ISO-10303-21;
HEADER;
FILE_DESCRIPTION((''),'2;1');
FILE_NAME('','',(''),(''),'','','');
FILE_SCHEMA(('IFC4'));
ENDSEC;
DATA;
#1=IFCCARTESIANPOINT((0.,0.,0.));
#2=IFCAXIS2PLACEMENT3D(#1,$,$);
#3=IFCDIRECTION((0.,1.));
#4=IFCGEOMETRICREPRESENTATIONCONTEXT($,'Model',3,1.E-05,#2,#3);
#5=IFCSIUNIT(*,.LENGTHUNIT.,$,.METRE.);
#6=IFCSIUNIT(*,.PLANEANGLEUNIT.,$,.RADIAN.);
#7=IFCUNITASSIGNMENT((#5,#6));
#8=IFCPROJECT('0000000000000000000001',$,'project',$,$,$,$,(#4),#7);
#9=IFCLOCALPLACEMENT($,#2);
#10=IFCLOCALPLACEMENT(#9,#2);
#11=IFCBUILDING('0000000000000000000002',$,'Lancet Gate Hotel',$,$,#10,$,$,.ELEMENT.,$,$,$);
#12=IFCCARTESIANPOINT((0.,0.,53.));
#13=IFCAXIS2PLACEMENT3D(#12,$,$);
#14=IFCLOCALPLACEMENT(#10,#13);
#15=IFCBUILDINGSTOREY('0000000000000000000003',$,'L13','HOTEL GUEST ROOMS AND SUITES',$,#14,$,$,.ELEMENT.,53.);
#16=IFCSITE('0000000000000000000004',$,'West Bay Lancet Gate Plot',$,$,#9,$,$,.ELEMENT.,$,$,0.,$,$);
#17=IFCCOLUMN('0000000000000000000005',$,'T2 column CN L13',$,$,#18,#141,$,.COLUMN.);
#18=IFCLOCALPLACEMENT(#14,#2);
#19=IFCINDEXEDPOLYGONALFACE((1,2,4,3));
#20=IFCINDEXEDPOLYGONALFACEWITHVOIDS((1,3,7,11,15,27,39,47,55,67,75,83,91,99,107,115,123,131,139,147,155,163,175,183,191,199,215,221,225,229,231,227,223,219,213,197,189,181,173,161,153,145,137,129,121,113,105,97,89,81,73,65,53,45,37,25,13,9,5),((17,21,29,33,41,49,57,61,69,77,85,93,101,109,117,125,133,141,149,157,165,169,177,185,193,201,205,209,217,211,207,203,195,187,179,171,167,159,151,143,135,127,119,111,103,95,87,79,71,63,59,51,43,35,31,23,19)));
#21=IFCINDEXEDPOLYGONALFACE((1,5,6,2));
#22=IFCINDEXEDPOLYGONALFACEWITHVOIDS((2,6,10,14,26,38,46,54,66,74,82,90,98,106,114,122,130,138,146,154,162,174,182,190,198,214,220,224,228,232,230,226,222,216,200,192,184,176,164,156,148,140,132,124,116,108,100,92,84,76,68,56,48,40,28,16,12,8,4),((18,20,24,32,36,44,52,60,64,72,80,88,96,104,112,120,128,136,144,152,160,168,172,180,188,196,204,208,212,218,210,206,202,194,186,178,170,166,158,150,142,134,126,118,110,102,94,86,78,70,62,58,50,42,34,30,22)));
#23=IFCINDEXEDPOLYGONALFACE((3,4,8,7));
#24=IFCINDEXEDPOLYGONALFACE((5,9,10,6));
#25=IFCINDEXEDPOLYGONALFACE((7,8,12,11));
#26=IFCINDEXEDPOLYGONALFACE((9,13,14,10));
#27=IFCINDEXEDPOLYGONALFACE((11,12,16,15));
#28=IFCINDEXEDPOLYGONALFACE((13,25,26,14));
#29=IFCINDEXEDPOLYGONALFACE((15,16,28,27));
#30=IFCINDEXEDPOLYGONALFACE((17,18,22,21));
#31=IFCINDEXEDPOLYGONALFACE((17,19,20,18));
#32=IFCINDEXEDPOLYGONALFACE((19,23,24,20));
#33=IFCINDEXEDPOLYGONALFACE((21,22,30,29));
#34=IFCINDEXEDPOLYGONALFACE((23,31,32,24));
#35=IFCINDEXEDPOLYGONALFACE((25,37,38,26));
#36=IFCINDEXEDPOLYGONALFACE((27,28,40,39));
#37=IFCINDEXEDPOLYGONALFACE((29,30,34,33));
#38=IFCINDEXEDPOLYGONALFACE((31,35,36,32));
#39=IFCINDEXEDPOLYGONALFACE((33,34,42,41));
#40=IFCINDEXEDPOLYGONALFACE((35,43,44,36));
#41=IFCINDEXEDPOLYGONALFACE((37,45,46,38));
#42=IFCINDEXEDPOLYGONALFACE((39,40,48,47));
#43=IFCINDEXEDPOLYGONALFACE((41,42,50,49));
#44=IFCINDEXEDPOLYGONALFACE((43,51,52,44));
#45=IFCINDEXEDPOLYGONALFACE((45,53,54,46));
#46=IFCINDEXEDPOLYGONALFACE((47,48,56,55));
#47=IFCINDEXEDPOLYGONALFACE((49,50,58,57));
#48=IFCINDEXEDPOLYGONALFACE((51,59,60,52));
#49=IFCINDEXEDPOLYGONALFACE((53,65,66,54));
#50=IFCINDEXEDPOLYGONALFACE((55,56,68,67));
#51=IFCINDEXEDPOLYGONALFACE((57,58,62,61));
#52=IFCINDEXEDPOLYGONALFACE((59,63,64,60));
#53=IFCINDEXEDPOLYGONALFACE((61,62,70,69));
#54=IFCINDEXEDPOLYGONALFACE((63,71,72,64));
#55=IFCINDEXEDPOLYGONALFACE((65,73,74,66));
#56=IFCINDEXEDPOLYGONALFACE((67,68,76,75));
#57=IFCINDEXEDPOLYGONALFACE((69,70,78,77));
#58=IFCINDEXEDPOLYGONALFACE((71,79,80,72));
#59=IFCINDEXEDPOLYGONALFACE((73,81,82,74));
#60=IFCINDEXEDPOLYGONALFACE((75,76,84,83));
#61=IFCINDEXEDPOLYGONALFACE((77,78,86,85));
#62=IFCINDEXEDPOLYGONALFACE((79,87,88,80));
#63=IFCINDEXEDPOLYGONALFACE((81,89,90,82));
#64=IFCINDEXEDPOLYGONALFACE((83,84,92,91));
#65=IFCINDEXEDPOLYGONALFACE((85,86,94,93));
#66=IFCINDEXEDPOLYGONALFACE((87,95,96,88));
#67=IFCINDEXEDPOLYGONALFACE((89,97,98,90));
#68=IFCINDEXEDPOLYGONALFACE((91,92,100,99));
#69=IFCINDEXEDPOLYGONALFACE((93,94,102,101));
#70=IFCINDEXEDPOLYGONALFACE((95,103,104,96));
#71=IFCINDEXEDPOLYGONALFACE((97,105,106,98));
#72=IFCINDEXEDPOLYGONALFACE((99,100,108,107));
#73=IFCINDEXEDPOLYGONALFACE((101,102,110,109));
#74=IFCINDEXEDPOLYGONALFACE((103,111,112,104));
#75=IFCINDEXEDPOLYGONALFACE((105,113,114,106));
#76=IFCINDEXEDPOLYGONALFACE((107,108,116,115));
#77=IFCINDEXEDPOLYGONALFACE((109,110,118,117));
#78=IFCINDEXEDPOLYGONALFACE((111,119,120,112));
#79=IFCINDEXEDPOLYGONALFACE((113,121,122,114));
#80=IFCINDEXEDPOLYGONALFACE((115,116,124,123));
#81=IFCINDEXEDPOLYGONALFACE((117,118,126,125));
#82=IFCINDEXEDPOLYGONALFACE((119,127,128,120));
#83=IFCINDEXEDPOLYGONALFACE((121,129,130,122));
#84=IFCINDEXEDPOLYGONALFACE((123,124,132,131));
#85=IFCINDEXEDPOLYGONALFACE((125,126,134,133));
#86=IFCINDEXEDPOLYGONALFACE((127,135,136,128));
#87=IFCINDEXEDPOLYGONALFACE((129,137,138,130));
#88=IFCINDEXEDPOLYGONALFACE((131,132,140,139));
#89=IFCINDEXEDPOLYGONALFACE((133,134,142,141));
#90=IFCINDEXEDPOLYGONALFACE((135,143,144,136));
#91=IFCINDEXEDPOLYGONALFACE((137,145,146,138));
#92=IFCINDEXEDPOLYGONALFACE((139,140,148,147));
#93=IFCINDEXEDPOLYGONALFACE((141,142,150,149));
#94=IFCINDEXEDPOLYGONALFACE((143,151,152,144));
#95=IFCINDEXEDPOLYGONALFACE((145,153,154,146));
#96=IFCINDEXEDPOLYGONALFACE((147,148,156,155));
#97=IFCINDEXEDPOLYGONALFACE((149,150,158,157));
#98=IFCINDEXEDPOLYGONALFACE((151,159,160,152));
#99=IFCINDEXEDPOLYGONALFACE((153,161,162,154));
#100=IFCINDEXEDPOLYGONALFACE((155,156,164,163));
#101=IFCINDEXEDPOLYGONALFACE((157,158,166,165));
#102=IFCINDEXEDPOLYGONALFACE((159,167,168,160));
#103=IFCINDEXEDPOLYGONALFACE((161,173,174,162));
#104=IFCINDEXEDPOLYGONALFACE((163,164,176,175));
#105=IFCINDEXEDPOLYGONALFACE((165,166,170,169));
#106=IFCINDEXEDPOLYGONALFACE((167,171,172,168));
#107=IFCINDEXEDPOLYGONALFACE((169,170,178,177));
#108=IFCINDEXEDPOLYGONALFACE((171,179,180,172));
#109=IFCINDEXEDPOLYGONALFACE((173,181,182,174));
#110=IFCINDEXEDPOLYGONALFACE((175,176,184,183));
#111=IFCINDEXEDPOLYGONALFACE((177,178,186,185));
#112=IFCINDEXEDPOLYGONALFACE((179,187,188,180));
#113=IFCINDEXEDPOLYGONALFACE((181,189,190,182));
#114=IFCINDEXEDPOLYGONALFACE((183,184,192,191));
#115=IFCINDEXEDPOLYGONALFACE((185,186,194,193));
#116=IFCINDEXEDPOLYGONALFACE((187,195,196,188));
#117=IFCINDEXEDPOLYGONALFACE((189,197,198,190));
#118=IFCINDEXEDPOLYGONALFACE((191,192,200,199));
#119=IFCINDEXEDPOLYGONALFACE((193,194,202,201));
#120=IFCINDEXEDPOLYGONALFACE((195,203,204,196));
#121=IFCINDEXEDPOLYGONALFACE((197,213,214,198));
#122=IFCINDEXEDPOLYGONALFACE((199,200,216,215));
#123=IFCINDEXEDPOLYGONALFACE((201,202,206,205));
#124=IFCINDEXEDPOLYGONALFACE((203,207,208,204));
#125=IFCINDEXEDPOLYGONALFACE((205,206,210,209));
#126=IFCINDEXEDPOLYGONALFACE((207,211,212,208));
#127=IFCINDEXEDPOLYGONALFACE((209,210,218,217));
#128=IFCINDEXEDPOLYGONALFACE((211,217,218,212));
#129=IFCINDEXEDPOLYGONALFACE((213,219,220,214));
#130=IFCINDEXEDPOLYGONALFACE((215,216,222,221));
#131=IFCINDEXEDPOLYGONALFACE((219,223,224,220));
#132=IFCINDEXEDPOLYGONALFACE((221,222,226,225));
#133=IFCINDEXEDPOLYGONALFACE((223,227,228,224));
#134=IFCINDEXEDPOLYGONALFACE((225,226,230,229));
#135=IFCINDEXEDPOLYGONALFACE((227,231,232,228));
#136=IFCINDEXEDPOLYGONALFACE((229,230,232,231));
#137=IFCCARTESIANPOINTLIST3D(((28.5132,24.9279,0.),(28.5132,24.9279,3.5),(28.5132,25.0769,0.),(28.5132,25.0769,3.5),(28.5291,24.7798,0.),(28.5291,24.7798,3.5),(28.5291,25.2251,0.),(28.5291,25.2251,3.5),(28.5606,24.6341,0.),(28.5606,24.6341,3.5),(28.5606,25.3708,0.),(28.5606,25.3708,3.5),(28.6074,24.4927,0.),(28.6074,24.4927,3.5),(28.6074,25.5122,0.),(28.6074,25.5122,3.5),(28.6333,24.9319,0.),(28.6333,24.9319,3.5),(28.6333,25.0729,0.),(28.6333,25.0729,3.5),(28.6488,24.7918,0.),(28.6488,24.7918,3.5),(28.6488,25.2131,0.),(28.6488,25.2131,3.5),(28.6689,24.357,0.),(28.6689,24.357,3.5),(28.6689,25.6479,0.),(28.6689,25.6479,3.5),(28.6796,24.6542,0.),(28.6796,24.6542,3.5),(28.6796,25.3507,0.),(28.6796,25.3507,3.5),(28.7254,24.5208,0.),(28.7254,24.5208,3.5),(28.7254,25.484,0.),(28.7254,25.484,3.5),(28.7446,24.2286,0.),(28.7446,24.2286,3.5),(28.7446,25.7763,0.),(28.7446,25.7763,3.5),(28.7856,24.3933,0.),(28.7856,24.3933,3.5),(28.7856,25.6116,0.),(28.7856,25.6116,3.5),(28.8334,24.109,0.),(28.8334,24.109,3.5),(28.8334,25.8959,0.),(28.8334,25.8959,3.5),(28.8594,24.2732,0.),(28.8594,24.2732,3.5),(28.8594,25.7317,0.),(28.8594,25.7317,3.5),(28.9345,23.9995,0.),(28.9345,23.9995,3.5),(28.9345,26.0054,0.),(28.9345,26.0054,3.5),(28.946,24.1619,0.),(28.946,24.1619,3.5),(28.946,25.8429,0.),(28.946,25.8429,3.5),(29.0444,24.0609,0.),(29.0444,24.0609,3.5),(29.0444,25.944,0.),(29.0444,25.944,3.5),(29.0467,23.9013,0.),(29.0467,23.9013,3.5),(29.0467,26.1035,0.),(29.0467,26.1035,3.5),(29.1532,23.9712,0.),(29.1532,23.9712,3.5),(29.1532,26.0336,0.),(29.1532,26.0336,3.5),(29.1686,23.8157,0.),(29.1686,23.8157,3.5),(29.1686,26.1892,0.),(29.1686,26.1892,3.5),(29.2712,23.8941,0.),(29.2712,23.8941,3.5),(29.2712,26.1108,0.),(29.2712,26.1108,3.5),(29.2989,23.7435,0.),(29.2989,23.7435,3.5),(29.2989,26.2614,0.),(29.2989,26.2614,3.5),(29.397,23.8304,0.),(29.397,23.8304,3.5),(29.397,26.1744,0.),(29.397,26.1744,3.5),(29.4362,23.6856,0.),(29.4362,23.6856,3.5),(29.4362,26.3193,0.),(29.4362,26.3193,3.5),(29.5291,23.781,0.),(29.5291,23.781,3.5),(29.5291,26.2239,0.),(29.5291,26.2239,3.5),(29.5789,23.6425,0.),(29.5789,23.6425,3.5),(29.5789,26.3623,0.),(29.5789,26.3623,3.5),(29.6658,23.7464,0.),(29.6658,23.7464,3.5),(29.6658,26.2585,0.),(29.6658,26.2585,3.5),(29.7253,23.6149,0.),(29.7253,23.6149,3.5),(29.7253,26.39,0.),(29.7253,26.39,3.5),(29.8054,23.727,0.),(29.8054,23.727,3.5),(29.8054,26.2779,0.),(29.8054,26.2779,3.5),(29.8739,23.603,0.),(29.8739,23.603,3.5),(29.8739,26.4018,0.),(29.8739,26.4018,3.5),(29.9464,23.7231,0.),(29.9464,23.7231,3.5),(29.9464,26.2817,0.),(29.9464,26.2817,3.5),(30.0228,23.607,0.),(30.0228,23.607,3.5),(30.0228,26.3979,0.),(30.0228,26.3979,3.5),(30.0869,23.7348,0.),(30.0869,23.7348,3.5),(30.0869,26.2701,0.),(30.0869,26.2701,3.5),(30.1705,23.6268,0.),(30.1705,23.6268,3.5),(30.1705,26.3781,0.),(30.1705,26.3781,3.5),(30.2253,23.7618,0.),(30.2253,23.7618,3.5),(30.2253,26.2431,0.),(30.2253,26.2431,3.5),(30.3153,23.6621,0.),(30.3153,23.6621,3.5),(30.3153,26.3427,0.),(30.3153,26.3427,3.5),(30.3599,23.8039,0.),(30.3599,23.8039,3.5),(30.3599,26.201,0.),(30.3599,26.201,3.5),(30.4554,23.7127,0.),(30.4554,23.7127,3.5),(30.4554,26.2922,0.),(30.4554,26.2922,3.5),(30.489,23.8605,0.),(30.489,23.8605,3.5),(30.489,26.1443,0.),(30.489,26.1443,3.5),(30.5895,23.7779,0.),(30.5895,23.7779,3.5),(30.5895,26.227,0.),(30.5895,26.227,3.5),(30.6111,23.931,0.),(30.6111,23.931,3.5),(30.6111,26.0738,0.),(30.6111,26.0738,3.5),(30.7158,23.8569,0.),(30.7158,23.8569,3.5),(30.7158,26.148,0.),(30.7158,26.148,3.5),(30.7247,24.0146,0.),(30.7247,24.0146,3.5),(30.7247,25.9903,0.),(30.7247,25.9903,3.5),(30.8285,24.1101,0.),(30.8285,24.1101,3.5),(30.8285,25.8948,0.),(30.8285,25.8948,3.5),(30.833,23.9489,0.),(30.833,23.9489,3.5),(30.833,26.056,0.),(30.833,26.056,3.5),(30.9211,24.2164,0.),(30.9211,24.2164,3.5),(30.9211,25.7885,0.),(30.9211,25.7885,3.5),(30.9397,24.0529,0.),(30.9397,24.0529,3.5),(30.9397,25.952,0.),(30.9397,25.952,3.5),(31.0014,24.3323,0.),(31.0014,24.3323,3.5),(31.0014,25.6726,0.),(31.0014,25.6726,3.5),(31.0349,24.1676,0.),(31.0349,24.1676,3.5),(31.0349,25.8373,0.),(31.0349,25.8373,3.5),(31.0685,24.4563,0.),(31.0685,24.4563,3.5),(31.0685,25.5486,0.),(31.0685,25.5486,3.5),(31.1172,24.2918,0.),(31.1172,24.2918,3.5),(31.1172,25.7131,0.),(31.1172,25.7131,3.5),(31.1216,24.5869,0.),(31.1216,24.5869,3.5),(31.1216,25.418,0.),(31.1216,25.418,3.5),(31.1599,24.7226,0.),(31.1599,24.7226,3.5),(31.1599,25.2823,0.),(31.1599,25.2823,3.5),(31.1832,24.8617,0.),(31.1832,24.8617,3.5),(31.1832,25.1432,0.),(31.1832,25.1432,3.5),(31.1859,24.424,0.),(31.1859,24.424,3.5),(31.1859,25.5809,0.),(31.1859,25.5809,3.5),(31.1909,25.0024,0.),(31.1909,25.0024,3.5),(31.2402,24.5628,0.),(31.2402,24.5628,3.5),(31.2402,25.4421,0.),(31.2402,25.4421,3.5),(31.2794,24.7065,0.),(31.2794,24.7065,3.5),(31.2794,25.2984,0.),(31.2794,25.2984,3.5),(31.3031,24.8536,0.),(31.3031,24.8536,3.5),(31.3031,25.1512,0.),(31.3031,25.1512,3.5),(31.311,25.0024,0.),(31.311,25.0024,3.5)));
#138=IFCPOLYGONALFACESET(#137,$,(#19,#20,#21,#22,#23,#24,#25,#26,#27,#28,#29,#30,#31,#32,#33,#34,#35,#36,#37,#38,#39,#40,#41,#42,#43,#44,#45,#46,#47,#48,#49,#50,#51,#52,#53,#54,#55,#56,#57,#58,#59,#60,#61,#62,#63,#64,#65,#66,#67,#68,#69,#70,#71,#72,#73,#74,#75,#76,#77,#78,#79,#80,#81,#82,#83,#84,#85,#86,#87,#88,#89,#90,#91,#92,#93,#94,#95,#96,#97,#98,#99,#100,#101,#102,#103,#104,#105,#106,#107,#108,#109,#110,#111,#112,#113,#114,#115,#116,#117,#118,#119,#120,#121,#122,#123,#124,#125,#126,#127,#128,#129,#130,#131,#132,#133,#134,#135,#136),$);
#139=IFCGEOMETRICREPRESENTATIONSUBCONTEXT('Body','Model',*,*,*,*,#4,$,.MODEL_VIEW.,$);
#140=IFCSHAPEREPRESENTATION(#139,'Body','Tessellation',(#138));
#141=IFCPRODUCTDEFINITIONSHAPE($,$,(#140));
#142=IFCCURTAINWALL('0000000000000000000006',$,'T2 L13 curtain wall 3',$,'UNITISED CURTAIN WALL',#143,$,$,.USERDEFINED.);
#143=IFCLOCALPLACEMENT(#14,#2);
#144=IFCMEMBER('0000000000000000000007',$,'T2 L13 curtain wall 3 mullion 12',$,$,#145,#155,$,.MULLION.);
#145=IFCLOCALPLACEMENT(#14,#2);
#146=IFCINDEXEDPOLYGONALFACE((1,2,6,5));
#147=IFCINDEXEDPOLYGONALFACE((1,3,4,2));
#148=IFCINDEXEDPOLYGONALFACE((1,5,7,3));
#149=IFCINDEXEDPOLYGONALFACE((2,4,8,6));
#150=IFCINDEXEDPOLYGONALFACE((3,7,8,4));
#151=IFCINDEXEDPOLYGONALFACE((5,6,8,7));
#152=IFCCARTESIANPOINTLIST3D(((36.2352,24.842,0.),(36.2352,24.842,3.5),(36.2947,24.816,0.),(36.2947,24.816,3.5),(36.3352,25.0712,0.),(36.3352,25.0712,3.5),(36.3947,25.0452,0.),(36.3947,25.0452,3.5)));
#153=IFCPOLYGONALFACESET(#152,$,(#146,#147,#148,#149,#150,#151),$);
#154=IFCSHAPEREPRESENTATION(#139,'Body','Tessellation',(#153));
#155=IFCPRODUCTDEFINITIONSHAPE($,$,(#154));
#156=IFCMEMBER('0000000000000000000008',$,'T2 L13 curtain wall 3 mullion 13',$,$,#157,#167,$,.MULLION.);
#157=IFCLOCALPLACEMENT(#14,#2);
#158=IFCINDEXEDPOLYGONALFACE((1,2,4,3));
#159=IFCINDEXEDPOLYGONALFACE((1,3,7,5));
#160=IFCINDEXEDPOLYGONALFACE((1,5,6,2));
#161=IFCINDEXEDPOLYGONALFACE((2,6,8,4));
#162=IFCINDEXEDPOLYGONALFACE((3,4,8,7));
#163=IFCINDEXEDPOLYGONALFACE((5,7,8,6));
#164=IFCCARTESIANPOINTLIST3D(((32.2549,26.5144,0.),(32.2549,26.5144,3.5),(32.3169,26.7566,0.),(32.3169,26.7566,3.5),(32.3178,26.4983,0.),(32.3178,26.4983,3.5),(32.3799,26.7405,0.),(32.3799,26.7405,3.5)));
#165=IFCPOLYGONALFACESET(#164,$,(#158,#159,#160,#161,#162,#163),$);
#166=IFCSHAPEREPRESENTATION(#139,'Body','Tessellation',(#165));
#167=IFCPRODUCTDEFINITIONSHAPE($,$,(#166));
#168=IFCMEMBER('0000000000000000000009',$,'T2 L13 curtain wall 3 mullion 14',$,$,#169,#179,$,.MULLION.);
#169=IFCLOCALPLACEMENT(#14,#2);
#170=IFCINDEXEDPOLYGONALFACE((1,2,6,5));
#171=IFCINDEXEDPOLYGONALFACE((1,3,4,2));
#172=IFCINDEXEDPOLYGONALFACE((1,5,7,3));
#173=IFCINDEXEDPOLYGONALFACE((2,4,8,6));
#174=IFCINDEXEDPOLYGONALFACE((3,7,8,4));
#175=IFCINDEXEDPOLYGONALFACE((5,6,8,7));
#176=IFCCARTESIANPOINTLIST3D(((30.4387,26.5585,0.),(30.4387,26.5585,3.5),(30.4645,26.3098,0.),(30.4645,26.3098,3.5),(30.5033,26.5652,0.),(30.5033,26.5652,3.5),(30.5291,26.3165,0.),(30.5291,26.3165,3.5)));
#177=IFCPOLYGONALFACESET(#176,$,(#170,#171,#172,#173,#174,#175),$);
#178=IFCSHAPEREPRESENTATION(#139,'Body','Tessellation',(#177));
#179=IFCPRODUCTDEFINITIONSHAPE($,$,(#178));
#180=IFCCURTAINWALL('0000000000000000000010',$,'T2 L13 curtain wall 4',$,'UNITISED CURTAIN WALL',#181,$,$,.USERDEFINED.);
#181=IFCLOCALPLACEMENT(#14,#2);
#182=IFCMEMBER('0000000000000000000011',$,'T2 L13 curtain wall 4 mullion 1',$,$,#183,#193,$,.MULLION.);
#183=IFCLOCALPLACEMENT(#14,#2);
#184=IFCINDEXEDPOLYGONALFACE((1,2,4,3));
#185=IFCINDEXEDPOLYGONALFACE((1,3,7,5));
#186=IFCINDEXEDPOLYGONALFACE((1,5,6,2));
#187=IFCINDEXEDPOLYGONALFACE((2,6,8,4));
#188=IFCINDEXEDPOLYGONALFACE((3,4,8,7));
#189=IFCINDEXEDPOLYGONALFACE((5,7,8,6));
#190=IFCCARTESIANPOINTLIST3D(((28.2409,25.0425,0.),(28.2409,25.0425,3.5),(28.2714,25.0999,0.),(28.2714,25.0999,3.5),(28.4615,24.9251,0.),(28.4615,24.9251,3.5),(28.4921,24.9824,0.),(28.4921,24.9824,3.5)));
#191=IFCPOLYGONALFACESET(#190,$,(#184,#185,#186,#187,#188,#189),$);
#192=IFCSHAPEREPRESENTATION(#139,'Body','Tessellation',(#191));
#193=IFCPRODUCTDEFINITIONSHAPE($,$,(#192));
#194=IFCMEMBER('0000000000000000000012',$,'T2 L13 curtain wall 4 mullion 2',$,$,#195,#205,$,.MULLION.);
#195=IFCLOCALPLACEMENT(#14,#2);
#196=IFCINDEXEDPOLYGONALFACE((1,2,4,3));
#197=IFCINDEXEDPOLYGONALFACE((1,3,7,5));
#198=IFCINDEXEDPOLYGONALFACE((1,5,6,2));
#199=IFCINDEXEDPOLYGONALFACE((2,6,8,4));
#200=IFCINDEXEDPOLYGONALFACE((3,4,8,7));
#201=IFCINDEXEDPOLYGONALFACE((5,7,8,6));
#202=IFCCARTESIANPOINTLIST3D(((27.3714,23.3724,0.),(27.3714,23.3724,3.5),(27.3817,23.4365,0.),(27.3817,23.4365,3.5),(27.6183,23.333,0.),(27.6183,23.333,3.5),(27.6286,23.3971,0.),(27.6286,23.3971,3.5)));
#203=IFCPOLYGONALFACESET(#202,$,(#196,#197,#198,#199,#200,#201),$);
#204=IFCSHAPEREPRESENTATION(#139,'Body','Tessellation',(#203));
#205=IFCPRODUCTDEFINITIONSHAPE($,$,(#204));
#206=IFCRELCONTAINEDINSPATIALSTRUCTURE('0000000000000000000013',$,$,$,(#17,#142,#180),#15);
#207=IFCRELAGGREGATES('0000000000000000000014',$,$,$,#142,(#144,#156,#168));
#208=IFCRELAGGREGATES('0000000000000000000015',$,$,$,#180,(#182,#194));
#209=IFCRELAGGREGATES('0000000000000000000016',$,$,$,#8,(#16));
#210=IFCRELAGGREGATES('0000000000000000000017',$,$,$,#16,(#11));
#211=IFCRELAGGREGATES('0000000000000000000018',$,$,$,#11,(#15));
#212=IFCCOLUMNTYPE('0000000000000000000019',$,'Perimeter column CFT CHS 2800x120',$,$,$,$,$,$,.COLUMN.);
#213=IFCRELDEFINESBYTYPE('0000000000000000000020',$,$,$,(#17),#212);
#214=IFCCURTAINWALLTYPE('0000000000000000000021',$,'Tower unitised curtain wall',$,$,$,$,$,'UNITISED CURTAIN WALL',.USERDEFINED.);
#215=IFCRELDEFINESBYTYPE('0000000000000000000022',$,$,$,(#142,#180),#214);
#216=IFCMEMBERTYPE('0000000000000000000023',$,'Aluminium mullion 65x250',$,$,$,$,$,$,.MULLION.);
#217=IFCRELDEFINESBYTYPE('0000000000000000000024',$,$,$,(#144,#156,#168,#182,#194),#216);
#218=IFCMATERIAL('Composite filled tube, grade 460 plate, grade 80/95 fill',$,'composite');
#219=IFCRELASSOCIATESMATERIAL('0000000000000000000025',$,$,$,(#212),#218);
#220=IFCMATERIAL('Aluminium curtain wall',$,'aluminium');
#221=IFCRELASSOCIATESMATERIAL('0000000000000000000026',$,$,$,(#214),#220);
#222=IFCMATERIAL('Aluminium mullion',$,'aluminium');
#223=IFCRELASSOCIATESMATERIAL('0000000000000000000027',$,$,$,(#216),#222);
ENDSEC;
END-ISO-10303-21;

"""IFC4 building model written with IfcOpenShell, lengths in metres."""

from ifc_helpers import new_model, si_unit, direction, frame, origin, origin_2d, place, context, subcontext, project, spatial, rectangle, hollow_circle, extrude, material, material_profile, profile_set, type_object, element, aggregate, save


model = new_model("IFC4")

# Units and contexts
model_context = context("Model", 3, precision=1e-05, world=origin(), true_north=direction((0.0, 1.0)))
body_context = subcontext(model_context, "Body", "Model", "MODEL_VIEW")
ifc_project = project(units=[si_unit("LENGTHUNIT", "METRE"), si_unit("PLANEANGLEUNIT", "RADIAN")], contexts=[model_context])

# Site, building, storey
site_placement = place(None, origin())
site = spatial("IfcSite", under=ifc_project, at=site_placement, Name="West Bay Lancet Gate Plot", CompositionType="ELEMENT", RefElevation=0.0)
building_placement = place(site_placement, origin())
building = spatial("IfcBuilding", under=site, at=building_placement, Name="Lancet Gate Hotel", CompositionType="ELEMENT")
storey_placement = place(building_placement, frame((0.0, 0.0, 53.0)))
storey = spatial("IfcBuildingStorey", under=building, at=storey_placement, Name="L13", Description="HOTEL GUEST ROOMS AND SUITES", CompositionType="ELEMENT", Elevation=53.0)

# Column
ifc_material_1 = material(Name="Composite filled tube, grade 460 plate, grade 80/95 fill", Category="composite")
ifc_material_profile_1 = material_profile(ifc_material_1, hollow_circle(Radius=1.3999, WallThickness=0.1201, at=origin_2d()), Name="CHS 2800x120")
ifc_profile_set_1 = profile_set([ifc_material_profile_1], Name="Composite filled tube, grade 460 plate, grade 80/95 fill")
column_type = type_object("IfcColumnType", Name="Perimeter column CFT CHS 2800x120", PredefinedType="COLUMN", material=ifc_profile_set_1)
column_placement = place(storey_placement, frame((29.9111, 25.0024, 0.0), z_axis=(0.0, 0.0, 1.0), x_axis=(1.0, 0.0, 0.0)))
element("IfcColumn", 1, at=column_placement, inside=storey, type_object=column_type, Name="T2 column CN L13", PredefinedType="COLUMN", context=body_context, shape_type="SweptSolid", body=[
    extrude(hollow_circle(Radius=1.3999, WallThickness=0.1201, at=origin_2d()), origin(), (0.0, 0.0, 1.0), 3.5),
])

# Curtain walls, members
ifc_material_2 = material(Name="Aluminium curtain wall", Category="aluminium")
curtain_wall_type = type_object("IfcCurtainWallType", Name="Tower unitised curtain wall", ElementType="UNITISED CURTAIN WALL", PredefinedType="USERDEFINED", material=ifc_material_2)
curtain_wall_1_placement = place(storey_placement, origin())
curtain_wall_1 = element("IfcCurtainWall", 2, at=curtain_wall_1_placement, inside=storey, type_object=curtain_wall_type, Name="T2 L13 curtain wall 3", ObjectType="UNITISED CURTAIN WALL", PredefinedType="USERDEFINED")
ifc_material_3 = material(Name="Aluminium mullion", Category="aluminium")
ifc_material_profile_2 = material_profile(ifc_material_3, rectangle(XDim=0.0649, YDim=0.25, at=origin_2d()), Name="MULLION 65x250")
ifc_profile_set_2 = profile_set([ifc_material_profile_2], Name="Aluminium mullion")
member_type_1 = type_object("IfcMemberType", Name="Aluminium mullion 65x250", PredefinedType="MULLION", material=ifc_profile_set_2)
member_1_placement = place(storey_placement, frame((36.3149, 24.9436, 0.0), z_axis=(0.0, 0.0, 1.0), x_axis=(-0.916579, 0.399854, 0.0)))
member_1 = element("IfcMember", 3, at=member_1_placement, type_object=member_type_1, Name="T2 L13 curtain wall 3 mullion 12", PredefinedType="MULLION", context=body_context, shape_type="SweptSolid", body=[
    extrude(rectangle(XDim=0.0649, YDim=0.25, at=origin_2d()), origin(), (0.0, 0.0, 1.0), 3.5),
])
member_2_placement = place(storey_placement, frame((32.3174, 26.6274, 0.0), z_axis=(0.0, 0.0, 1.0), x_axis=(-0.968721, 0.24815, 0.0)))
member_2 = element("IfcMember", 4, at=member_2_placement, type_object=member_type_1, Name="T2 L13 curtain wall 3 mullion 13", PredefinedType="MULLION", context=body_context, shape_type="SweptSolid", body=[
    extrude(rectangle(XDim=0.0649, YDim=0.25, at=origin_2d()), origin(), (0.0, 0.0, 1.0), 3.5),
])
member_3_placement = place(storey_placement, frame((30.4839, 26.4375, 0.0), z_axis=(0.0, 0.0, 1.0), x_axis=(-0.994672, -0.103088, 0.0)))
member_3 = element("IfcMember", 5, at=member_3_placement, type_object=member_type_1, Name="T2 L13 curtain wall 3 mullion 14", PredefinedType="MULLION", context=body_context, shape_type="SweptSolid", body=[
    extrude(rectangle(XDim=0.0649, YDim=0.25, at=origin_2d()), origin(), (0.0, 0.0, 1.0), 3.5),
])
curtain_wall_2_placement = place(storey_placement, origin())
curtain_wall_2 = element("IfcCurtainWall", 6, at=curtain_wall_2_placement, inside=storey, type_object=curtain_wall_type, Name="T2 L13 curtain wall 4", ObjectType="UNITISED CURTAIN WALL", PredefinedType="USERDEFINED")
member_4_placement = place(storey_placement, frame((28.3665, 25.0125, 0.0), z_axis=(0.0, 0.0, 1.0), x_axis=(-0.469898, -0.882721, 0.0)))
member_4 = element("IfcMember", 7, at=member_4_placement, type_object=member_type_1, Name="T2 L13 curtain wall 4 mullion 1", PredefinedType="MULLION", context=body_context, shape_type="SweptSolid", body=[
    extrude(rectangle(XDim=0.0649, YDim=0.25, at=origin_2d()), origin(), (0.0, 0.0, 1.0), 3.5),
])
member_5_placement = place(storey_placement, frame((27.5, 23.3848, 0.0), z_axis=(0.0, 0.0, 1.0), x_axis=(-0.157752, -0.987479, 0.0)))
member_5 = element("IfcMember", 8, at=member_5_placement, type_object=member_type_1, Name="T2 L13 curtain wall 4 mullion 2", PredefinedType="MULLION", context=body_context, shape_type="SweptSolid", body=[
    extrude(rectangle(XDim=0.0649, YDim=0.25, at=origin_2d()), origin(), (0.0, 0.0, 1.0), 3.5),
])

aggregate(curtain_wall_1, [member_1, member_2, member_3])
aggregate(curtain_wall_2, [member_4, member_5])

save(model, "model.ifc")
